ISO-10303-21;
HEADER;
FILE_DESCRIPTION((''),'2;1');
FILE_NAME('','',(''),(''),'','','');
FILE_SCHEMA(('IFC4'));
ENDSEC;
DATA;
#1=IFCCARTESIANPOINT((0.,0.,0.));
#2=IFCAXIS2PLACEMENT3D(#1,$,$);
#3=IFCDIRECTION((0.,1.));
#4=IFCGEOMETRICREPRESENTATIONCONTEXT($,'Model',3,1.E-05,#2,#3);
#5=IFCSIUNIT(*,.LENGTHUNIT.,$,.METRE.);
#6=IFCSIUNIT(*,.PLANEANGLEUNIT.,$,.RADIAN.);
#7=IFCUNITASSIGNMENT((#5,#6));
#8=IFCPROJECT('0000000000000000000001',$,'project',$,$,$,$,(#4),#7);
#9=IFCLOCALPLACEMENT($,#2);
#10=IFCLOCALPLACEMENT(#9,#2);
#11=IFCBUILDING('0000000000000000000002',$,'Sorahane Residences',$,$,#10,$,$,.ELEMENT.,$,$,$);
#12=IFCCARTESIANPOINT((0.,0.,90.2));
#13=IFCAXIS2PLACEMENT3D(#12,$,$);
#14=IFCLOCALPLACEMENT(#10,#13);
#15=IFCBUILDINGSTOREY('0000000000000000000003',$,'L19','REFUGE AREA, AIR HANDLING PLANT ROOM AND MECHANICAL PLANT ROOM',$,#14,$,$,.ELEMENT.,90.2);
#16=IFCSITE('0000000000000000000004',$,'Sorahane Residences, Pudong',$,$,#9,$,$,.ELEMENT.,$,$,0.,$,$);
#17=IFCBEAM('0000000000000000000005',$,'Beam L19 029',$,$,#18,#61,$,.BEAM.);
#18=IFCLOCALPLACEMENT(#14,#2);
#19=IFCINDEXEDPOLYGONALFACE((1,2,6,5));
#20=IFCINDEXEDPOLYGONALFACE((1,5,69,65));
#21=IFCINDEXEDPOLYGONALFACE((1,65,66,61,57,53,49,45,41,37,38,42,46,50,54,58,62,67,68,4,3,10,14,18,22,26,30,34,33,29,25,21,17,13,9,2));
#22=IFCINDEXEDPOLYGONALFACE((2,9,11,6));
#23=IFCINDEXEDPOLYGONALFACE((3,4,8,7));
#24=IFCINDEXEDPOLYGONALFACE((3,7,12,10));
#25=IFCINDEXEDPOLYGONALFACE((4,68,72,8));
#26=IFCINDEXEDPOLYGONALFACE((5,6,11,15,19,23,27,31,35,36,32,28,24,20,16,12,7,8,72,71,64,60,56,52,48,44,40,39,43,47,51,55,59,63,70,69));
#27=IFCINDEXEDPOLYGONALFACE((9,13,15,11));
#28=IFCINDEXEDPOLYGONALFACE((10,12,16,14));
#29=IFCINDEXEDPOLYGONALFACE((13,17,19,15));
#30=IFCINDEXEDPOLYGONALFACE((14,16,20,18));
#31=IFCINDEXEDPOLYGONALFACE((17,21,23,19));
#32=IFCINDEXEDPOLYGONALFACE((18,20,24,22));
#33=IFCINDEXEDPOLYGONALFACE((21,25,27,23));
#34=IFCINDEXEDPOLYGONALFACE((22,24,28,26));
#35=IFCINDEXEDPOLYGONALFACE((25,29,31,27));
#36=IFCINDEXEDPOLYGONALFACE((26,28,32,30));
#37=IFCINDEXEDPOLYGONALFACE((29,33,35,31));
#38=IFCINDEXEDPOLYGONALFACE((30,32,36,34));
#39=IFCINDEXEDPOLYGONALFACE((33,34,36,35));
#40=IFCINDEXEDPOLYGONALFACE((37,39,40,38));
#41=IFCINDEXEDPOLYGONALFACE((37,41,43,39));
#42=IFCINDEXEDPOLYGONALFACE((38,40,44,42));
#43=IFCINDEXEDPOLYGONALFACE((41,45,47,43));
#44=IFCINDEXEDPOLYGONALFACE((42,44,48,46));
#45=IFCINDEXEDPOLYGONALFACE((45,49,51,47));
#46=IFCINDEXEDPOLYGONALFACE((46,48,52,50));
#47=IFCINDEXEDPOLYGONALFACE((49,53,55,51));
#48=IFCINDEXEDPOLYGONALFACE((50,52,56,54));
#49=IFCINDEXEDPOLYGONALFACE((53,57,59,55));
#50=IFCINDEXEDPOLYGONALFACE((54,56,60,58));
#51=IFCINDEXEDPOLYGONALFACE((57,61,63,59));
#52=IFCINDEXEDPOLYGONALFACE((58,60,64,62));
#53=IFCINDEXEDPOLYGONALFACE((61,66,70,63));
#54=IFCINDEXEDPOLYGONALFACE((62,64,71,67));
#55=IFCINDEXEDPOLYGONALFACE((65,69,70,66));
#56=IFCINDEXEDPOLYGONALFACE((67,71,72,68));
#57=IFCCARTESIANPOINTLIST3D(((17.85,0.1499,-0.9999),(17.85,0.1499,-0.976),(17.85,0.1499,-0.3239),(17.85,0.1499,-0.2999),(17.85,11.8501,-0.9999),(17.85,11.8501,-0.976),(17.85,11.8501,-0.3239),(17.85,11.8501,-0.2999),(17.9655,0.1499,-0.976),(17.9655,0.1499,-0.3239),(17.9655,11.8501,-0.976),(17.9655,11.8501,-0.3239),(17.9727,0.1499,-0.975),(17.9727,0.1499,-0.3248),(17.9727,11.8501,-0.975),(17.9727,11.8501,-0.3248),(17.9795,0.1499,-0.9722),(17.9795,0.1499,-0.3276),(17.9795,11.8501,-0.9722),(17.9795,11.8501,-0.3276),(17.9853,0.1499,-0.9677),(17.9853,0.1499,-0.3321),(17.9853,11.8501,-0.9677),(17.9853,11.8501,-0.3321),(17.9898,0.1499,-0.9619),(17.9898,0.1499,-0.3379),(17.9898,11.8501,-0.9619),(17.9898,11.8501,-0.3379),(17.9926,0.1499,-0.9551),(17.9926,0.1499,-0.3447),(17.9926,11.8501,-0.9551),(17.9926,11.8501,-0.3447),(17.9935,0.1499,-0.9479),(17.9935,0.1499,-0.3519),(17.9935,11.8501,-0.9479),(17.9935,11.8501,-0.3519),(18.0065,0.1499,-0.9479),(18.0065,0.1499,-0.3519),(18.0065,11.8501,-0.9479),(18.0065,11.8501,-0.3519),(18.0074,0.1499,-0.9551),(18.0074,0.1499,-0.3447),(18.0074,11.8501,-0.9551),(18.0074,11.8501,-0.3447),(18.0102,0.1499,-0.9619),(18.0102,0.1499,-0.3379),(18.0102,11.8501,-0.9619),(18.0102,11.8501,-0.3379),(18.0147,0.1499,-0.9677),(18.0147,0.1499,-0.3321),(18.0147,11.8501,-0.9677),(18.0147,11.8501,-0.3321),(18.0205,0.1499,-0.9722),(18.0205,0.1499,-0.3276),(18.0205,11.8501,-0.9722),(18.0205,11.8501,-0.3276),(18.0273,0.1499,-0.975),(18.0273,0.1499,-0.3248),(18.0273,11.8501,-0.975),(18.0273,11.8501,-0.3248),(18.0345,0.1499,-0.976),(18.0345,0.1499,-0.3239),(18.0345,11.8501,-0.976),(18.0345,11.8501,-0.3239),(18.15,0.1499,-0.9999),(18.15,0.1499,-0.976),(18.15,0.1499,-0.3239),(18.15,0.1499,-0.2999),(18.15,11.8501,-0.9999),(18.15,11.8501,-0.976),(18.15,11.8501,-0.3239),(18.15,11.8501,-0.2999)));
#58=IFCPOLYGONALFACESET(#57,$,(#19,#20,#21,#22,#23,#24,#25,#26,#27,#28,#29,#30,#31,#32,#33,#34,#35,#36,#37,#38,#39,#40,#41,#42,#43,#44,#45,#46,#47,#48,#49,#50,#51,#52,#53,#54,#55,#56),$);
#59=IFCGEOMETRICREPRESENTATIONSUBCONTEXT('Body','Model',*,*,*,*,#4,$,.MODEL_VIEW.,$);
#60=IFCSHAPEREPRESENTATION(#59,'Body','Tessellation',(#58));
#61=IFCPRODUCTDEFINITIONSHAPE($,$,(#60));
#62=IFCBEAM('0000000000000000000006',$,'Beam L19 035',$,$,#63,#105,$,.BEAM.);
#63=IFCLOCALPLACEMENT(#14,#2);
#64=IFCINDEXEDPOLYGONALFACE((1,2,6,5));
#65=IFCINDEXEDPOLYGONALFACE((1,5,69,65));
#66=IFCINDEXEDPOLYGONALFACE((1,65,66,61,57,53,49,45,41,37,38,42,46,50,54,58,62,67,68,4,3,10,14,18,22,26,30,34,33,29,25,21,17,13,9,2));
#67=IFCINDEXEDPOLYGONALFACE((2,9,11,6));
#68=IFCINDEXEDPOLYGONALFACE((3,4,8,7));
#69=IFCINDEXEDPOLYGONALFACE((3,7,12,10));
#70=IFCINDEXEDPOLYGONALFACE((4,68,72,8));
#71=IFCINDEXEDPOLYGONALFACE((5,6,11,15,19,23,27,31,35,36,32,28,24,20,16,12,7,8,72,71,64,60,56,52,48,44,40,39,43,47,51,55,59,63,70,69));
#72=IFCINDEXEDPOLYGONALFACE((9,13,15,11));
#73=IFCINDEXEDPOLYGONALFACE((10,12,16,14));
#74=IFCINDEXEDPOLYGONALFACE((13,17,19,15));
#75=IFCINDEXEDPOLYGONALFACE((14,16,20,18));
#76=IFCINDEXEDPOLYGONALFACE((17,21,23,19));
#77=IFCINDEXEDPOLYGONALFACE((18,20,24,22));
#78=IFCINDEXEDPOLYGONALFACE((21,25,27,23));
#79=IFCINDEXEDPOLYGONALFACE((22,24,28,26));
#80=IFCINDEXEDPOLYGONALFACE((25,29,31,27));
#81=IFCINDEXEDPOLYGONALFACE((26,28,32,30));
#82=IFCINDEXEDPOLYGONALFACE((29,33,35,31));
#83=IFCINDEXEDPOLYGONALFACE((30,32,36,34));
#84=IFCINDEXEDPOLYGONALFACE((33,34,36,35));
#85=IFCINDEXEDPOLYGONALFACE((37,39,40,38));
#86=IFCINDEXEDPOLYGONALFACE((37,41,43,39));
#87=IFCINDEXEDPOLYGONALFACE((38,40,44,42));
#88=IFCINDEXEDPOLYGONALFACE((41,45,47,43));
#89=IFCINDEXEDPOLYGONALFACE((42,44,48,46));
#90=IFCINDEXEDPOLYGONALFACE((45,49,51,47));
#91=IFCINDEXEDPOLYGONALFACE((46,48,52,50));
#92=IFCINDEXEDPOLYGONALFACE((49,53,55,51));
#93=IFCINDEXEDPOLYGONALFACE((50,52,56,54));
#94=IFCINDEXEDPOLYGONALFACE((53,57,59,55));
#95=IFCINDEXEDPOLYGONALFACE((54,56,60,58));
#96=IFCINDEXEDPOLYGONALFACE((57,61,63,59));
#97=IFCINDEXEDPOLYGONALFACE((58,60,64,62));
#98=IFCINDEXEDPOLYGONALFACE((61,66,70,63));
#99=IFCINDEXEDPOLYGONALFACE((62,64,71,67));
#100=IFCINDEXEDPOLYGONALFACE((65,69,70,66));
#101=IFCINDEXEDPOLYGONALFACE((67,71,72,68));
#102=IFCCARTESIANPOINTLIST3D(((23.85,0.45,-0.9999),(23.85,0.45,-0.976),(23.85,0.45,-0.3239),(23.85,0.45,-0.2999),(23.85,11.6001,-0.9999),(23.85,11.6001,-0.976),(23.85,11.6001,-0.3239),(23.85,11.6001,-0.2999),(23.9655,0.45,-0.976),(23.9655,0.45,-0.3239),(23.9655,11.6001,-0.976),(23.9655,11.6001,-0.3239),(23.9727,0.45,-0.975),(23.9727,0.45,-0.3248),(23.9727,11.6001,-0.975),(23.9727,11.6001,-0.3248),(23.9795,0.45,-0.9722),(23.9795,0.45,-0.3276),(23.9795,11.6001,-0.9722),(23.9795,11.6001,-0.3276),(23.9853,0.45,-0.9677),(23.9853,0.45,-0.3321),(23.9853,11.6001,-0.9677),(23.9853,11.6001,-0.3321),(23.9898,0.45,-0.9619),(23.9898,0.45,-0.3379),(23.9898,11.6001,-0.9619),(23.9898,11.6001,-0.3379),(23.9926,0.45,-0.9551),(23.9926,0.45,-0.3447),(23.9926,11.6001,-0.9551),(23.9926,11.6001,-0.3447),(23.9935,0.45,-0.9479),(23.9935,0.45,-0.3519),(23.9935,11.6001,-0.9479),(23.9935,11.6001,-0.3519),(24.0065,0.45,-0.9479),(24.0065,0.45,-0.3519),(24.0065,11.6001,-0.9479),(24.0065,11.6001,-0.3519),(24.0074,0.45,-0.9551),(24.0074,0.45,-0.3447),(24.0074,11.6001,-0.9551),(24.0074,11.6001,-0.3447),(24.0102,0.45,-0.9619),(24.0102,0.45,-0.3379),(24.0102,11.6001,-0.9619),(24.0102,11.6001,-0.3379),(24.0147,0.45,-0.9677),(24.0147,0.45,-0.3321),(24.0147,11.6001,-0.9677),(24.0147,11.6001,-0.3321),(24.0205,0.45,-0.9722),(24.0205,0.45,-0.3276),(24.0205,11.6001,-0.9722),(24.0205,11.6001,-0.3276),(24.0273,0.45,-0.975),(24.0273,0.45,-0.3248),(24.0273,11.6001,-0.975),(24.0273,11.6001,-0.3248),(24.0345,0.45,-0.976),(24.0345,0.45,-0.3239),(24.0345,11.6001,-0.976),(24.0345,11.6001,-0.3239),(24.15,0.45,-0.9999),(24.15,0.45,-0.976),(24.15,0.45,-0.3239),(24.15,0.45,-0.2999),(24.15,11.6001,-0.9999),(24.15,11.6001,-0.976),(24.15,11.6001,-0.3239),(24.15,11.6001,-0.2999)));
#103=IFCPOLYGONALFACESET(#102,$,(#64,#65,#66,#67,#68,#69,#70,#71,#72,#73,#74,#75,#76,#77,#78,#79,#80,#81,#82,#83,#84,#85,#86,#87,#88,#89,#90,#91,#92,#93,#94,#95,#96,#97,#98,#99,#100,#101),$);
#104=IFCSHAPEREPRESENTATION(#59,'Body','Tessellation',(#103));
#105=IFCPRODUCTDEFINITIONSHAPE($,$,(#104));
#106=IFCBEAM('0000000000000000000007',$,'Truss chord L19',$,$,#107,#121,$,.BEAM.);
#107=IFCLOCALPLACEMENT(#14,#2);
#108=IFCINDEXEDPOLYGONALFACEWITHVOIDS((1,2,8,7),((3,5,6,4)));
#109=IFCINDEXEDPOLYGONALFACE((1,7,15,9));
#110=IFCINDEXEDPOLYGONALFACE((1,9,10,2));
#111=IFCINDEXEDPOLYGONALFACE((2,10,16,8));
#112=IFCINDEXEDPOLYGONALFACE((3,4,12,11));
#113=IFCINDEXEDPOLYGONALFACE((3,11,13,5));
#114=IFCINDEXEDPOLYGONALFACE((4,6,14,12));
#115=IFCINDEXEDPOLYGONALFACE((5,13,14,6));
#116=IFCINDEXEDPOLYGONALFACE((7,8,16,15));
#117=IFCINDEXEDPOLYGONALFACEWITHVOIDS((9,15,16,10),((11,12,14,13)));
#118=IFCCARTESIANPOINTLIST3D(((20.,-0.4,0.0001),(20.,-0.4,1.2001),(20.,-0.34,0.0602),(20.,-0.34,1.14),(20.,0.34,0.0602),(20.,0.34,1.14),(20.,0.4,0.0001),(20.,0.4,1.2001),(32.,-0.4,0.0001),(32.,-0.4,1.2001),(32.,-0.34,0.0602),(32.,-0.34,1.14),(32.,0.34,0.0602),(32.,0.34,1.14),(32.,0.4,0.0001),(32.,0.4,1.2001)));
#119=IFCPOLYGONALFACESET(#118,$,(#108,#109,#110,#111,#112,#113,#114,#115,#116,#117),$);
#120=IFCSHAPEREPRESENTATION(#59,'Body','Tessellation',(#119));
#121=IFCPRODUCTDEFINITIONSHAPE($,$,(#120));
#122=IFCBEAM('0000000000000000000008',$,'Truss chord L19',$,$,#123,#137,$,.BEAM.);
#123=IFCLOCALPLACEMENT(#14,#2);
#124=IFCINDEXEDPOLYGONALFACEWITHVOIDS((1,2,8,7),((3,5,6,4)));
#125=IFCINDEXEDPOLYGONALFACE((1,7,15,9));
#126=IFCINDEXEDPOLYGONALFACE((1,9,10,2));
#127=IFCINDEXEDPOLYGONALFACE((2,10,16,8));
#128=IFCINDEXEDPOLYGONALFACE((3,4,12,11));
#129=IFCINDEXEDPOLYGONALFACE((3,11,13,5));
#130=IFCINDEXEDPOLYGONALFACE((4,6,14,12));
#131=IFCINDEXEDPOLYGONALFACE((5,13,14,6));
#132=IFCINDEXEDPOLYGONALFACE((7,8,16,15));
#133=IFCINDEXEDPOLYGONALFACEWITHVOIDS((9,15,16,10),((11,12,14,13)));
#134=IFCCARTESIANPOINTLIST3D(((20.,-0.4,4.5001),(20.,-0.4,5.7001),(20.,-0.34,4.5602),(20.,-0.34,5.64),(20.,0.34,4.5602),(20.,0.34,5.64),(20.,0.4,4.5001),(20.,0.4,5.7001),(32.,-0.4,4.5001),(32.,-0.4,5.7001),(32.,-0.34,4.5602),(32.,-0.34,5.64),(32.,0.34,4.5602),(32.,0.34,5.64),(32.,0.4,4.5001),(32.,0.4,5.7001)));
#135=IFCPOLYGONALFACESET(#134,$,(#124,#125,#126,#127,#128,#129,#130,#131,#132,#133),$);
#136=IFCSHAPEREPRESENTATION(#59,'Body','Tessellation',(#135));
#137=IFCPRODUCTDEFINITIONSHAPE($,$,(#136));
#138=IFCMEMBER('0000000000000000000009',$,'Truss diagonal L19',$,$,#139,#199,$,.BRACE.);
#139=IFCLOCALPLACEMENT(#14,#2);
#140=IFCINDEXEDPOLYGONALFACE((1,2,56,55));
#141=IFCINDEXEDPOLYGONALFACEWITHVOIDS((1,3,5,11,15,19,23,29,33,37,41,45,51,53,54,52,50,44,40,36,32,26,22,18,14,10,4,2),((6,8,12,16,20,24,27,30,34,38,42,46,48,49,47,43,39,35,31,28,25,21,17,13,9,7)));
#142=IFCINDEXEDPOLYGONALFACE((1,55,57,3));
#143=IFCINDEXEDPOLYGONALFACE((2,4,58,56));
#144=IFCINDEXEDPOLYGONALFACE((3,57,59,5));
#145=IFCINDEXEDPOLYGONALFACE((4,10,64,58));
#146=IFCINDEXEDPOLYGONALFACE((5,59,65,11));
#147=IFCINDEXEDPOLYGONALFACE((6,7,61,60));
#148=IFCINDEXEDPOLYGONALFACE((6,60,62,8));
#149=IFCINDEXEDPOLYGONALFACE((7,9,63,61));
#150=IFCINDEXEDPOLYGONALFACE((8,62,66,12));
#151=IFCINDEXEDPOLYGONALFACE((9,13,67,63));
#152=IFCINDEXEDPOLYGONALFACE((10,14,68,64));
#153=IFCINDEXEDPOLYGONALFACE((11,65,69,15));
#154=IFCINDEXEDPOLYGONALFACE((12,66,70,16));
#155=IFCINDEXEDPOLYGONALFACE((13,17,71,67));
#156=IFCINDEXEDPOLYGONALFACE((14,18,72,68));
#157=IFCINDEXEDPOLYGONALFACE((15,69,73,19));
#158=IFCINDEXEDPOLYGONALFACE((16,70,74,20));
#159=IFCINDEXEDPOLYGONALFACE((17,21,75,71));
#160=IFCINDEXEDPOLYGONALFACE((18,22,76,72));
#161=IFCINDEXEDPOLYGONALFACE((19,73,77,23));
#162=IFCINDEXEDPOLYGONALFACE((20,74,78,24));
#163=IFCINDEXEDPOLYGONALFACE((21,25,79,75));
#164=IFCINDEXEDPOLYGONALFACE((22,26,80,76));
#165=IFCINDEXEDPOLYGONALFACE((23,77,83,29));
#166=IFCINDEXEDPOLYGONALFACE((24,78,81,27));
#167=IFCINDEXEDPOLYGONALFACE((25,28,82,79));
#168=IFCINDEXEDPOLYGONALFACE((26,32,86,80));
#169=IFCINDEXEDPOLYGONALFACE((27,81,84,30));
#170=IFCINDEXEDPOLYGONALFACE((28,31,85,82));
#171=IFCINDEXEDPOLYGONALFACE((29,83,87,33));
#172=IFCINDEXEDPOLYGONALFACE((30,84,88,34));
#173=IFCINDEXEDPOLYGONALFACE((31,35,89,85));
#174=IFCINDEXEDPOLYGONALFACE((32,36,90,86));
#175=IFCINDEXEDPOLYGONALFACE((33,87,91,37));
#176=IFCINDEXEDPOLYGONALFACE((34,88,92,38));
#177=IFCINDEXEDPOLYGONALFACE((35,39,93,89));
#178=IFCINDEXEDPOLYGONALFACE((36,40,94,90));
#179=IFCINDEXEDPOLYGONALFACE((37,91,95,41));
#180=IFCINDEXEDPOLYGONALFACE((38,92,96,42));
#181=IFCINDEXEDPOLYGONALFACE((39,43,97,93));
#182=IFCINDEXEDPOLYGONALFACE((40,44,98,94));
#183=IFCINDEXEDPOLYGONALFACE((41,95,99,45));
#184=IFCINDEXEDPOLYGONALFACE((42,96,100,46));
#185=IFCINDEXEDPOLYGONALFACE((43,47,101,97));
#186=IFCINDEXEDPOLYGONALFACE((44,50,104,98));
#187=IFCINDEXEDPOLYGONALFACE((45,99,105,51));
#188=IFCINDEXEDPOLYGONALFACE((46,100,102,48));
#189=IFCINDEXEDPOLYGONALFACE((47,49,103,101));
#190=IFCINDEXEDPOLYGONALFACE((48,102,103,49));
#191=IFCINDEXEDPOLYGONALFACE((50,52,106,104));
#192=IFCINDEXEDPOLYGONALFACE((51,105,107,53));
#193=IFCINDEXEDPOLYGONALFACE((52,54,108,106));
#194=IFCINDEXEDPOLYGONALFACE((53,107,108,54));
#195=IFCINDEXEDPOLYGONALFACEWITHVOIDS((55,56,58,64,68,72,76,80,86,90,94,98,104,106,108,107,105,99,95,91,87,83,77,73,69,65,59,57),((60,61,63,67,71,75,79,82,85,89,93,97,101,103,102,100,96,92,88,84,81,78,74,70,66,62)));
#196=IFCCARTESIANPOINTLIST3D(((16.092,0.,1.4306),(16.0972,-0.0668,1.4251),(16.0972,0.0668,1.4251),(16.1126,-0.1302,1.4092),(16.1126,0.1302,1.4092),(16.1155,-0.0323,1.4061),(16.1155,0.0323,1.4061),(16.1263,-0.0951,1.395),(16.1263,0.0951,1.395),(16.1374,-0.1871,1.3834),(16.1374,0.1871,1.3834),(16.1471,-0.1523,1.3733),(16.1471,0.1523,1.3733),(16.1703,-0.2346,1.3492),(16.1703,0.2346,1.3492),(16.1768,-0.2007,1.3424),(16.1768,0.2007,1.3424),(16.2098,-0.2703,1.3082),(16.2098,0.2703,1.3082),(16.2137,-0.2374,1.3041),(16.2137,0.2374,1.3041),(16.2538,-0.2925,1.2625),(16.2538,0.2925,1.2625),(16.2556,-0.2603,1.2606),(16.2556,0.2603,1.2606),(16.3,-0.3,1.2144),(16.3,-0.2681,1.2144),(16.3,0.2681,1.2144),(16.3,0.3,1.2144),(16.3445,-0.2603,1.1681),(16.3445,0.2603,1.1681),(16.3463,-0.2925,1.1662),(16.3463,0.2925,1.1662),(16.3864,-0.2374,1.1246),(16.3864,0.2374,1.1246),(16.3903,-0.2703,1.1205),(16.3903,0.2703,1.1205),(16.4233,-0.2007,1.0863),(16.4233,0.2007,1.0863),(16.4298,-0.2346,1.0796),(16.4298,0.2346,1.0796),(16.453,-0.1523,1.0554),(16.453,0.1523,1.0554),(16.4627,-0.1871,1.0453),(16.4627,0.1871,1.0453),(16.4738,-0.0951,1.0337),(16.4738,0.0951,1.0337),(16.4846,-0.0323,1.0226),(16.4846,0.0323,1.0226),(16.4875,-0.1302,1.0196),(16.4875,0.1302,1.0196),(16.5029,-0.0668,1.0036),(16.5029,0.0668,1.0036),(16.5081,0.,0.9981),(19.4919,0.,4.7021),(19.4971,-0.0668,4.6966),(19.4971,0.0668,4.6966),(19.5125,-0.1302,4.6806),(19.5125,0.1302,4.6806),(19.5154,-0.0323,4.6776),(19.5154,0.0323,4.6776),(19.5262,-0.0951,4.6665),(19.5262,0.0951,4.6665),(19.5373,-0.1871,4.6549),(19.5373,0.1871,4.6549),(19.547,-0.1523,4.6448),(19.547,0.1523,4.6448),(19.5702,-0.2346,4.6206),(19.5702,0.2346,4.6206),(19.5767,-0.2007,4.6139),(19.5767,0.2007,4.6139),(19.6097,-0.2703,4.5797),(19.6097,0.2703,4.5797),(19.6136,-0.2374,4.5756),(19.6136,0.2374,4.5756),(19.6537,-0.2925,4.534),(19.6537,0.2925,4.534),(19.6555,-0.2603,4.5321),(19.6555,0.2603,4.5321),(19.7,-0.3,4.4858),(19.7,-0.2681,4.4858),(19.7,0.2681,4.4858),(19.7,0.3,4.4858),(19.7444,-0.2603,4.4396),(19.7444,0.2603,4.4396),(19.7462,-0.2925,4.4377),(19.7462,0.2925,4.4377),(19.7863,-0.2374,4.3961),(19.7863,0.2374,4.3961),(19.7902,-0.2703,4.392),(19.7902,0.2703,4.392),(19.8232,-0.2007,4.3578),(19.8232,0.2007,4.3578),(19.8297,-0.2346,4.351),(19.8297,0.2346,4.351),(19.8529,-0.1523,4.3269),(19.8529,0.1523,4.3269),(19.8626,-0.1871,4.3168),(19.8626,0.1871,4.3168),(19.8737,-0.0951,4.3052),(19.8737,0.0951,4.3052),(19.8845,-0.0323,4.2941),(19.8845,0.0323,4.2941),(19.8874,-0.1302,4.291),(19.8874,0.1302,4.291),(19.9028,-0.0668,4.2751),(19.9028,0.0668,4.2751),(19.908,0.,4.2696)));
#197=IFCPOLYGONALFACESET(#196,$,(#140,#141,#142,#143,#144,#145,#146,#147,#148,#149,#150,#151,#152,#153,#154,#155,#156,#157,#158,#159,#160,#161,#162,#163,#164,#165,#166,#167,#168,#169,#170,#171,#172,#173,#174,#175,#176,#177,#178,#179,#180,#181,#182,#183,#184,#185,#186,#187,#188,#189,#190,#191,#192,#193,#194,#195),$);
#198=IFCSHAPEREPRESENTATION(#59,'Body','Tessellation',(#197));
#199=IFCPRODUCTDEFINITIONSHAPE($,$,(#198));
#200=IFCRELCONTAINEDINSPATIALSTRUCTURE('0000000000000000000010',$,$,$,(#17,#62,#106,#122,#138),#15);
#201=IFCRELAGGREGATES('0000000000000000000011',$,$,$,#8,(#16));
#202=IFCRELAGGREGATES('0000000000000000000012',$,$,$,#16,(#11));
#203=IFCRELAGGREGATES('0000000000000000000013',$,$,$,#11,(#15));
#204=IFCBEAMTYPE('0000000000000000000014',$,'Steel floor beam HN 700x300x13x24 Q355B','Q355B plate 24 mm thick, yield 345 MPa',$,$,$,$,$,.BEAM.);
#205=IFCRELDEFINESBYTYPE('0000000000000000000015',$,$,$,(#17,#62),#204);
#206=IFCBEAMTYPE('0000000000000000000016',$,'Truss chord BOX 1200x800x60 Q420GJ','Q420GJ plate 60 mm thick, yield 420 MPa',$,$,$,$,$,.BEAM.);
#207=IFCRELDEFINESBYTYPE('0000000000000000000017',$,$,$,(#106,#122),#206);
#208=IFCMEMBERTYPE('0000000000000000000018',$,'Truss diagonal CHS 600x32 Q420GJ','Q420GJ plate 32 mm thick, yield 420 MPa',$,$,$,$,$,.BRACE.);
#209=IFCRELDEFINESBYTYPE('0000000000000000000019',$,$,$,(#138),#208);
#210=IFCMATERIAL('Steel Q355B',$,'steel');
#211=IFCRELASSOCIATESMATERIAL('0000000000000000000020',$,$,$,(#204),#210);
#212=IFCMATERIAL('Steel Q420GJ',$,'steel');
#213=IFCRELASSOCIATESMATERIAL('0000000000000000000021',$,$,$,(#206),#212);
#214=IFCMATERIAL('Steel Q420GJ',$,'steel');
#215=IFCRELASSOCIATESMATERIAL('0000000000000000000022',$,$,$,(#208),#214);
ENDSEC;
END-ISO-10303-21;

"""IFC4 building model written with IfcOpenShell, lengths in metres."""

from ifc_helpers import new_model, si_unit, direction, frame, origin, origin_2d, place, context, subcontext, project, spatial, hollow_rectangle, hollow_circle, i_section, extrude, material, material_profile, profile_set, type_object, element, save


model = new_model("IFC4")

# Units and contexts
model_context = context("Model", 3, precision=1e-05, world=origin(), true_north=direction((0.0, 1.0)))
body_context = subcontext(model_context, "Body", "Model", "MODEL_VIEW")
ifc_project = project(units=[si_unit("LENGTHUNIT", "METRE"), si_unit("PLANEANGLEUNIT", "RADIAN")], contexts=[model_context])

# Site, building, storey
site_placement = place(None, origin())
site = spatial("IfcSite", under=ifc_project, at=site_placement, Name="Sorahane Residences, Pudong", CompositionType="ELEMENT", RefElevation=0.0)
building_placement = place(site_placement, origin())
building = spatial("IfcBuilding", under=site, at=building_placement, Name="Sorahane Residences", CompositionType="ELEMENT")
storey_placement = place(building_placement, frame((0.0, 0.0, 90.2)))
storey = spatial("IfcBuildingStorey", under=building, at=storey_placement, Name="L19", Description="REFUGE AREA, AIR HANDLING PLANT ROOM AND MECHANICAL PLANT ROOM", CompositionType="ELEMENT", Elevation=90.2)

# Beams
ifc_material_1 = material(Name="Steel Q355B", Category="steel")
ifc_material_profile_1 = material_profile(ifc_material_1, i_section(OverallWidth=0.3, OverallDepth=0.7, WebThickness=0.0129, FlangeThickness=0.0239, FilletRadius=0.0281, at=origin_2d()), Name="HN 700x300x13x24")
ifc_profile_set_1 = profile_set([ifc_material_profile_1], Name="Steel Q355B")
beam_type_1 = type_object("IfcBeamType", Name="Steel floor beam HN 700x300x13x24 Q355B", Description="Q355B plate 24 mm thick, yield 345 MPa", PredefinedType="BEAM", material=ifc_profile_set_1)
beam_1_placement = place(storey_placement, frame((18.0, 0.1499, -0.6499), z_axis=(0.0, 1.0, 0.0), x_axis=(-1.0, 0.0, 0.0)))
element("IfcBeam", 1, at=beam_1_placement, inside=storey, type_object=beam_type_1, Name="Beam L19 029", PredefinedType="BEAM", context=body_context, shape_type="SweptSolid", body=[
    extrude(i_section(OverallWidth=0.3, OverallDepth=0.7, WebThickness=0.0129, FlangeThickness=0.0239, FilletRadius=0.0281, at=origin_2d()), origin(), (0.0, 0.0, 1.0), 11.7002),
])
beam_2_placement = place(storey_placement, frame((24.0, 0.45, -0.6499), z_axis=(0.0, 1.0, 0.0), x_axis=(-1.0, 0.0, 0.0)))
element("IfcBeam", 2, at=beam_2_placement, inside=storey, type_object=beam_type_1, Name="Beam L19 035", PredefinedType="BEAM", context=body_context, shape_type="SweptSolid", body=[
    extrude(i_section(OverallWidth=0.3, OverallDepth=0.7, WebThickness=0.0129, FlangeThickness=0.0239, FilletRadius=0.0281, at=origin_2d()), origin(), (0.0, 0.0, 1.0), 11.1501),
])
ifc_material_2 = material(Name="Steel Q420GJ", Category="steel")
ifc_material_profile_2 = material_profile(ifc_material_2, hollow_rectangle(XDim=0.8, YDim=1.2, WallThickness=0.0601, at=origin_2d()), Name="BOX 1200x800x60")
ifc_profile_set_2 = profile_set([ifc_material_profile_2], Name="Steel Q420GJ")
beam_type_2 = type_object("IfcBeamType", Name="Truss chord BOX 1200x800x60 Q420GJ", Description="Q420GJ plate 60 mm thick, yield 420 MPa", PredefinedType="BEAM", material=ifc_profile_set_2)
for number, where, z_axis, x_axis, name in (
    (3, (20.0, 0.0, 0.6001), (1.0, 0.0, 0.0), (0.0, 1.0, 0.0), "Truss chord L19"),
    (4, (20.0, 0.0, 5.1001), (1.0, 0.0, 0.0), (0.0, 1.0, 0.0), "Truss chord L19"),
):
    element("IfcBeam", number, at=place(storey_placement, frame(where, z_axis=z_axis, x_axis=x_axis)), inside=storey, type_object=beam_type_2, Name=name, PredefinedType="BEAM", context=body_context, shape_type="SweptSolid", body=[
        extrude(hollow_rectangle(XDim=0.8, YDim=1.2, WallThickness=0.0601, at=origin_2d()), origin(), (0.0, 0.0, 1.0), 12.0),
    ])

# Member
ifc_material_3 = material(Name="Steel Q420GJ", Category="steel")
ifc_material_profile_3 = material_profile(ifc_material_3, hollow_circle(Radius=0.3, WallThickness=0.032, at=origin_2d()), Name="CHS 600x32")
ifc_profile_set_3 = profile_set([ifc_material_profile_3], Name="Steel Q420GJ")
member_type = type_object("IfcMemberType", Name="Truss diagonal CHS 600x32 Q420GJ", Description="Q420GJ plate 32 mm thick, yield 420 MPa", PredefinedType="BRACE", material=ifc_profile_set_3)
member_1_placement = place(storey_placement, frame((16.3, 0.0, 1.2144), z_axis=(0.720584, 0.0, 0.693367), x_axis=(0.0, 1.0, 0.0)))
element("IfcMember", 5, at=member_1_placement, inside=storey, type_object=member_type, Name="Truss diagonal L19", PredefinedType="BRACE", context=body_context, shape_type="SweptSolid", body=[
    extrude(hollow_circle(Radius=0.3, WallThickness=0.032, at=origin_2d()), origin(), (0.0, 0.0, 1.0), 4.7183),
])

save(model, "model.ifc")
